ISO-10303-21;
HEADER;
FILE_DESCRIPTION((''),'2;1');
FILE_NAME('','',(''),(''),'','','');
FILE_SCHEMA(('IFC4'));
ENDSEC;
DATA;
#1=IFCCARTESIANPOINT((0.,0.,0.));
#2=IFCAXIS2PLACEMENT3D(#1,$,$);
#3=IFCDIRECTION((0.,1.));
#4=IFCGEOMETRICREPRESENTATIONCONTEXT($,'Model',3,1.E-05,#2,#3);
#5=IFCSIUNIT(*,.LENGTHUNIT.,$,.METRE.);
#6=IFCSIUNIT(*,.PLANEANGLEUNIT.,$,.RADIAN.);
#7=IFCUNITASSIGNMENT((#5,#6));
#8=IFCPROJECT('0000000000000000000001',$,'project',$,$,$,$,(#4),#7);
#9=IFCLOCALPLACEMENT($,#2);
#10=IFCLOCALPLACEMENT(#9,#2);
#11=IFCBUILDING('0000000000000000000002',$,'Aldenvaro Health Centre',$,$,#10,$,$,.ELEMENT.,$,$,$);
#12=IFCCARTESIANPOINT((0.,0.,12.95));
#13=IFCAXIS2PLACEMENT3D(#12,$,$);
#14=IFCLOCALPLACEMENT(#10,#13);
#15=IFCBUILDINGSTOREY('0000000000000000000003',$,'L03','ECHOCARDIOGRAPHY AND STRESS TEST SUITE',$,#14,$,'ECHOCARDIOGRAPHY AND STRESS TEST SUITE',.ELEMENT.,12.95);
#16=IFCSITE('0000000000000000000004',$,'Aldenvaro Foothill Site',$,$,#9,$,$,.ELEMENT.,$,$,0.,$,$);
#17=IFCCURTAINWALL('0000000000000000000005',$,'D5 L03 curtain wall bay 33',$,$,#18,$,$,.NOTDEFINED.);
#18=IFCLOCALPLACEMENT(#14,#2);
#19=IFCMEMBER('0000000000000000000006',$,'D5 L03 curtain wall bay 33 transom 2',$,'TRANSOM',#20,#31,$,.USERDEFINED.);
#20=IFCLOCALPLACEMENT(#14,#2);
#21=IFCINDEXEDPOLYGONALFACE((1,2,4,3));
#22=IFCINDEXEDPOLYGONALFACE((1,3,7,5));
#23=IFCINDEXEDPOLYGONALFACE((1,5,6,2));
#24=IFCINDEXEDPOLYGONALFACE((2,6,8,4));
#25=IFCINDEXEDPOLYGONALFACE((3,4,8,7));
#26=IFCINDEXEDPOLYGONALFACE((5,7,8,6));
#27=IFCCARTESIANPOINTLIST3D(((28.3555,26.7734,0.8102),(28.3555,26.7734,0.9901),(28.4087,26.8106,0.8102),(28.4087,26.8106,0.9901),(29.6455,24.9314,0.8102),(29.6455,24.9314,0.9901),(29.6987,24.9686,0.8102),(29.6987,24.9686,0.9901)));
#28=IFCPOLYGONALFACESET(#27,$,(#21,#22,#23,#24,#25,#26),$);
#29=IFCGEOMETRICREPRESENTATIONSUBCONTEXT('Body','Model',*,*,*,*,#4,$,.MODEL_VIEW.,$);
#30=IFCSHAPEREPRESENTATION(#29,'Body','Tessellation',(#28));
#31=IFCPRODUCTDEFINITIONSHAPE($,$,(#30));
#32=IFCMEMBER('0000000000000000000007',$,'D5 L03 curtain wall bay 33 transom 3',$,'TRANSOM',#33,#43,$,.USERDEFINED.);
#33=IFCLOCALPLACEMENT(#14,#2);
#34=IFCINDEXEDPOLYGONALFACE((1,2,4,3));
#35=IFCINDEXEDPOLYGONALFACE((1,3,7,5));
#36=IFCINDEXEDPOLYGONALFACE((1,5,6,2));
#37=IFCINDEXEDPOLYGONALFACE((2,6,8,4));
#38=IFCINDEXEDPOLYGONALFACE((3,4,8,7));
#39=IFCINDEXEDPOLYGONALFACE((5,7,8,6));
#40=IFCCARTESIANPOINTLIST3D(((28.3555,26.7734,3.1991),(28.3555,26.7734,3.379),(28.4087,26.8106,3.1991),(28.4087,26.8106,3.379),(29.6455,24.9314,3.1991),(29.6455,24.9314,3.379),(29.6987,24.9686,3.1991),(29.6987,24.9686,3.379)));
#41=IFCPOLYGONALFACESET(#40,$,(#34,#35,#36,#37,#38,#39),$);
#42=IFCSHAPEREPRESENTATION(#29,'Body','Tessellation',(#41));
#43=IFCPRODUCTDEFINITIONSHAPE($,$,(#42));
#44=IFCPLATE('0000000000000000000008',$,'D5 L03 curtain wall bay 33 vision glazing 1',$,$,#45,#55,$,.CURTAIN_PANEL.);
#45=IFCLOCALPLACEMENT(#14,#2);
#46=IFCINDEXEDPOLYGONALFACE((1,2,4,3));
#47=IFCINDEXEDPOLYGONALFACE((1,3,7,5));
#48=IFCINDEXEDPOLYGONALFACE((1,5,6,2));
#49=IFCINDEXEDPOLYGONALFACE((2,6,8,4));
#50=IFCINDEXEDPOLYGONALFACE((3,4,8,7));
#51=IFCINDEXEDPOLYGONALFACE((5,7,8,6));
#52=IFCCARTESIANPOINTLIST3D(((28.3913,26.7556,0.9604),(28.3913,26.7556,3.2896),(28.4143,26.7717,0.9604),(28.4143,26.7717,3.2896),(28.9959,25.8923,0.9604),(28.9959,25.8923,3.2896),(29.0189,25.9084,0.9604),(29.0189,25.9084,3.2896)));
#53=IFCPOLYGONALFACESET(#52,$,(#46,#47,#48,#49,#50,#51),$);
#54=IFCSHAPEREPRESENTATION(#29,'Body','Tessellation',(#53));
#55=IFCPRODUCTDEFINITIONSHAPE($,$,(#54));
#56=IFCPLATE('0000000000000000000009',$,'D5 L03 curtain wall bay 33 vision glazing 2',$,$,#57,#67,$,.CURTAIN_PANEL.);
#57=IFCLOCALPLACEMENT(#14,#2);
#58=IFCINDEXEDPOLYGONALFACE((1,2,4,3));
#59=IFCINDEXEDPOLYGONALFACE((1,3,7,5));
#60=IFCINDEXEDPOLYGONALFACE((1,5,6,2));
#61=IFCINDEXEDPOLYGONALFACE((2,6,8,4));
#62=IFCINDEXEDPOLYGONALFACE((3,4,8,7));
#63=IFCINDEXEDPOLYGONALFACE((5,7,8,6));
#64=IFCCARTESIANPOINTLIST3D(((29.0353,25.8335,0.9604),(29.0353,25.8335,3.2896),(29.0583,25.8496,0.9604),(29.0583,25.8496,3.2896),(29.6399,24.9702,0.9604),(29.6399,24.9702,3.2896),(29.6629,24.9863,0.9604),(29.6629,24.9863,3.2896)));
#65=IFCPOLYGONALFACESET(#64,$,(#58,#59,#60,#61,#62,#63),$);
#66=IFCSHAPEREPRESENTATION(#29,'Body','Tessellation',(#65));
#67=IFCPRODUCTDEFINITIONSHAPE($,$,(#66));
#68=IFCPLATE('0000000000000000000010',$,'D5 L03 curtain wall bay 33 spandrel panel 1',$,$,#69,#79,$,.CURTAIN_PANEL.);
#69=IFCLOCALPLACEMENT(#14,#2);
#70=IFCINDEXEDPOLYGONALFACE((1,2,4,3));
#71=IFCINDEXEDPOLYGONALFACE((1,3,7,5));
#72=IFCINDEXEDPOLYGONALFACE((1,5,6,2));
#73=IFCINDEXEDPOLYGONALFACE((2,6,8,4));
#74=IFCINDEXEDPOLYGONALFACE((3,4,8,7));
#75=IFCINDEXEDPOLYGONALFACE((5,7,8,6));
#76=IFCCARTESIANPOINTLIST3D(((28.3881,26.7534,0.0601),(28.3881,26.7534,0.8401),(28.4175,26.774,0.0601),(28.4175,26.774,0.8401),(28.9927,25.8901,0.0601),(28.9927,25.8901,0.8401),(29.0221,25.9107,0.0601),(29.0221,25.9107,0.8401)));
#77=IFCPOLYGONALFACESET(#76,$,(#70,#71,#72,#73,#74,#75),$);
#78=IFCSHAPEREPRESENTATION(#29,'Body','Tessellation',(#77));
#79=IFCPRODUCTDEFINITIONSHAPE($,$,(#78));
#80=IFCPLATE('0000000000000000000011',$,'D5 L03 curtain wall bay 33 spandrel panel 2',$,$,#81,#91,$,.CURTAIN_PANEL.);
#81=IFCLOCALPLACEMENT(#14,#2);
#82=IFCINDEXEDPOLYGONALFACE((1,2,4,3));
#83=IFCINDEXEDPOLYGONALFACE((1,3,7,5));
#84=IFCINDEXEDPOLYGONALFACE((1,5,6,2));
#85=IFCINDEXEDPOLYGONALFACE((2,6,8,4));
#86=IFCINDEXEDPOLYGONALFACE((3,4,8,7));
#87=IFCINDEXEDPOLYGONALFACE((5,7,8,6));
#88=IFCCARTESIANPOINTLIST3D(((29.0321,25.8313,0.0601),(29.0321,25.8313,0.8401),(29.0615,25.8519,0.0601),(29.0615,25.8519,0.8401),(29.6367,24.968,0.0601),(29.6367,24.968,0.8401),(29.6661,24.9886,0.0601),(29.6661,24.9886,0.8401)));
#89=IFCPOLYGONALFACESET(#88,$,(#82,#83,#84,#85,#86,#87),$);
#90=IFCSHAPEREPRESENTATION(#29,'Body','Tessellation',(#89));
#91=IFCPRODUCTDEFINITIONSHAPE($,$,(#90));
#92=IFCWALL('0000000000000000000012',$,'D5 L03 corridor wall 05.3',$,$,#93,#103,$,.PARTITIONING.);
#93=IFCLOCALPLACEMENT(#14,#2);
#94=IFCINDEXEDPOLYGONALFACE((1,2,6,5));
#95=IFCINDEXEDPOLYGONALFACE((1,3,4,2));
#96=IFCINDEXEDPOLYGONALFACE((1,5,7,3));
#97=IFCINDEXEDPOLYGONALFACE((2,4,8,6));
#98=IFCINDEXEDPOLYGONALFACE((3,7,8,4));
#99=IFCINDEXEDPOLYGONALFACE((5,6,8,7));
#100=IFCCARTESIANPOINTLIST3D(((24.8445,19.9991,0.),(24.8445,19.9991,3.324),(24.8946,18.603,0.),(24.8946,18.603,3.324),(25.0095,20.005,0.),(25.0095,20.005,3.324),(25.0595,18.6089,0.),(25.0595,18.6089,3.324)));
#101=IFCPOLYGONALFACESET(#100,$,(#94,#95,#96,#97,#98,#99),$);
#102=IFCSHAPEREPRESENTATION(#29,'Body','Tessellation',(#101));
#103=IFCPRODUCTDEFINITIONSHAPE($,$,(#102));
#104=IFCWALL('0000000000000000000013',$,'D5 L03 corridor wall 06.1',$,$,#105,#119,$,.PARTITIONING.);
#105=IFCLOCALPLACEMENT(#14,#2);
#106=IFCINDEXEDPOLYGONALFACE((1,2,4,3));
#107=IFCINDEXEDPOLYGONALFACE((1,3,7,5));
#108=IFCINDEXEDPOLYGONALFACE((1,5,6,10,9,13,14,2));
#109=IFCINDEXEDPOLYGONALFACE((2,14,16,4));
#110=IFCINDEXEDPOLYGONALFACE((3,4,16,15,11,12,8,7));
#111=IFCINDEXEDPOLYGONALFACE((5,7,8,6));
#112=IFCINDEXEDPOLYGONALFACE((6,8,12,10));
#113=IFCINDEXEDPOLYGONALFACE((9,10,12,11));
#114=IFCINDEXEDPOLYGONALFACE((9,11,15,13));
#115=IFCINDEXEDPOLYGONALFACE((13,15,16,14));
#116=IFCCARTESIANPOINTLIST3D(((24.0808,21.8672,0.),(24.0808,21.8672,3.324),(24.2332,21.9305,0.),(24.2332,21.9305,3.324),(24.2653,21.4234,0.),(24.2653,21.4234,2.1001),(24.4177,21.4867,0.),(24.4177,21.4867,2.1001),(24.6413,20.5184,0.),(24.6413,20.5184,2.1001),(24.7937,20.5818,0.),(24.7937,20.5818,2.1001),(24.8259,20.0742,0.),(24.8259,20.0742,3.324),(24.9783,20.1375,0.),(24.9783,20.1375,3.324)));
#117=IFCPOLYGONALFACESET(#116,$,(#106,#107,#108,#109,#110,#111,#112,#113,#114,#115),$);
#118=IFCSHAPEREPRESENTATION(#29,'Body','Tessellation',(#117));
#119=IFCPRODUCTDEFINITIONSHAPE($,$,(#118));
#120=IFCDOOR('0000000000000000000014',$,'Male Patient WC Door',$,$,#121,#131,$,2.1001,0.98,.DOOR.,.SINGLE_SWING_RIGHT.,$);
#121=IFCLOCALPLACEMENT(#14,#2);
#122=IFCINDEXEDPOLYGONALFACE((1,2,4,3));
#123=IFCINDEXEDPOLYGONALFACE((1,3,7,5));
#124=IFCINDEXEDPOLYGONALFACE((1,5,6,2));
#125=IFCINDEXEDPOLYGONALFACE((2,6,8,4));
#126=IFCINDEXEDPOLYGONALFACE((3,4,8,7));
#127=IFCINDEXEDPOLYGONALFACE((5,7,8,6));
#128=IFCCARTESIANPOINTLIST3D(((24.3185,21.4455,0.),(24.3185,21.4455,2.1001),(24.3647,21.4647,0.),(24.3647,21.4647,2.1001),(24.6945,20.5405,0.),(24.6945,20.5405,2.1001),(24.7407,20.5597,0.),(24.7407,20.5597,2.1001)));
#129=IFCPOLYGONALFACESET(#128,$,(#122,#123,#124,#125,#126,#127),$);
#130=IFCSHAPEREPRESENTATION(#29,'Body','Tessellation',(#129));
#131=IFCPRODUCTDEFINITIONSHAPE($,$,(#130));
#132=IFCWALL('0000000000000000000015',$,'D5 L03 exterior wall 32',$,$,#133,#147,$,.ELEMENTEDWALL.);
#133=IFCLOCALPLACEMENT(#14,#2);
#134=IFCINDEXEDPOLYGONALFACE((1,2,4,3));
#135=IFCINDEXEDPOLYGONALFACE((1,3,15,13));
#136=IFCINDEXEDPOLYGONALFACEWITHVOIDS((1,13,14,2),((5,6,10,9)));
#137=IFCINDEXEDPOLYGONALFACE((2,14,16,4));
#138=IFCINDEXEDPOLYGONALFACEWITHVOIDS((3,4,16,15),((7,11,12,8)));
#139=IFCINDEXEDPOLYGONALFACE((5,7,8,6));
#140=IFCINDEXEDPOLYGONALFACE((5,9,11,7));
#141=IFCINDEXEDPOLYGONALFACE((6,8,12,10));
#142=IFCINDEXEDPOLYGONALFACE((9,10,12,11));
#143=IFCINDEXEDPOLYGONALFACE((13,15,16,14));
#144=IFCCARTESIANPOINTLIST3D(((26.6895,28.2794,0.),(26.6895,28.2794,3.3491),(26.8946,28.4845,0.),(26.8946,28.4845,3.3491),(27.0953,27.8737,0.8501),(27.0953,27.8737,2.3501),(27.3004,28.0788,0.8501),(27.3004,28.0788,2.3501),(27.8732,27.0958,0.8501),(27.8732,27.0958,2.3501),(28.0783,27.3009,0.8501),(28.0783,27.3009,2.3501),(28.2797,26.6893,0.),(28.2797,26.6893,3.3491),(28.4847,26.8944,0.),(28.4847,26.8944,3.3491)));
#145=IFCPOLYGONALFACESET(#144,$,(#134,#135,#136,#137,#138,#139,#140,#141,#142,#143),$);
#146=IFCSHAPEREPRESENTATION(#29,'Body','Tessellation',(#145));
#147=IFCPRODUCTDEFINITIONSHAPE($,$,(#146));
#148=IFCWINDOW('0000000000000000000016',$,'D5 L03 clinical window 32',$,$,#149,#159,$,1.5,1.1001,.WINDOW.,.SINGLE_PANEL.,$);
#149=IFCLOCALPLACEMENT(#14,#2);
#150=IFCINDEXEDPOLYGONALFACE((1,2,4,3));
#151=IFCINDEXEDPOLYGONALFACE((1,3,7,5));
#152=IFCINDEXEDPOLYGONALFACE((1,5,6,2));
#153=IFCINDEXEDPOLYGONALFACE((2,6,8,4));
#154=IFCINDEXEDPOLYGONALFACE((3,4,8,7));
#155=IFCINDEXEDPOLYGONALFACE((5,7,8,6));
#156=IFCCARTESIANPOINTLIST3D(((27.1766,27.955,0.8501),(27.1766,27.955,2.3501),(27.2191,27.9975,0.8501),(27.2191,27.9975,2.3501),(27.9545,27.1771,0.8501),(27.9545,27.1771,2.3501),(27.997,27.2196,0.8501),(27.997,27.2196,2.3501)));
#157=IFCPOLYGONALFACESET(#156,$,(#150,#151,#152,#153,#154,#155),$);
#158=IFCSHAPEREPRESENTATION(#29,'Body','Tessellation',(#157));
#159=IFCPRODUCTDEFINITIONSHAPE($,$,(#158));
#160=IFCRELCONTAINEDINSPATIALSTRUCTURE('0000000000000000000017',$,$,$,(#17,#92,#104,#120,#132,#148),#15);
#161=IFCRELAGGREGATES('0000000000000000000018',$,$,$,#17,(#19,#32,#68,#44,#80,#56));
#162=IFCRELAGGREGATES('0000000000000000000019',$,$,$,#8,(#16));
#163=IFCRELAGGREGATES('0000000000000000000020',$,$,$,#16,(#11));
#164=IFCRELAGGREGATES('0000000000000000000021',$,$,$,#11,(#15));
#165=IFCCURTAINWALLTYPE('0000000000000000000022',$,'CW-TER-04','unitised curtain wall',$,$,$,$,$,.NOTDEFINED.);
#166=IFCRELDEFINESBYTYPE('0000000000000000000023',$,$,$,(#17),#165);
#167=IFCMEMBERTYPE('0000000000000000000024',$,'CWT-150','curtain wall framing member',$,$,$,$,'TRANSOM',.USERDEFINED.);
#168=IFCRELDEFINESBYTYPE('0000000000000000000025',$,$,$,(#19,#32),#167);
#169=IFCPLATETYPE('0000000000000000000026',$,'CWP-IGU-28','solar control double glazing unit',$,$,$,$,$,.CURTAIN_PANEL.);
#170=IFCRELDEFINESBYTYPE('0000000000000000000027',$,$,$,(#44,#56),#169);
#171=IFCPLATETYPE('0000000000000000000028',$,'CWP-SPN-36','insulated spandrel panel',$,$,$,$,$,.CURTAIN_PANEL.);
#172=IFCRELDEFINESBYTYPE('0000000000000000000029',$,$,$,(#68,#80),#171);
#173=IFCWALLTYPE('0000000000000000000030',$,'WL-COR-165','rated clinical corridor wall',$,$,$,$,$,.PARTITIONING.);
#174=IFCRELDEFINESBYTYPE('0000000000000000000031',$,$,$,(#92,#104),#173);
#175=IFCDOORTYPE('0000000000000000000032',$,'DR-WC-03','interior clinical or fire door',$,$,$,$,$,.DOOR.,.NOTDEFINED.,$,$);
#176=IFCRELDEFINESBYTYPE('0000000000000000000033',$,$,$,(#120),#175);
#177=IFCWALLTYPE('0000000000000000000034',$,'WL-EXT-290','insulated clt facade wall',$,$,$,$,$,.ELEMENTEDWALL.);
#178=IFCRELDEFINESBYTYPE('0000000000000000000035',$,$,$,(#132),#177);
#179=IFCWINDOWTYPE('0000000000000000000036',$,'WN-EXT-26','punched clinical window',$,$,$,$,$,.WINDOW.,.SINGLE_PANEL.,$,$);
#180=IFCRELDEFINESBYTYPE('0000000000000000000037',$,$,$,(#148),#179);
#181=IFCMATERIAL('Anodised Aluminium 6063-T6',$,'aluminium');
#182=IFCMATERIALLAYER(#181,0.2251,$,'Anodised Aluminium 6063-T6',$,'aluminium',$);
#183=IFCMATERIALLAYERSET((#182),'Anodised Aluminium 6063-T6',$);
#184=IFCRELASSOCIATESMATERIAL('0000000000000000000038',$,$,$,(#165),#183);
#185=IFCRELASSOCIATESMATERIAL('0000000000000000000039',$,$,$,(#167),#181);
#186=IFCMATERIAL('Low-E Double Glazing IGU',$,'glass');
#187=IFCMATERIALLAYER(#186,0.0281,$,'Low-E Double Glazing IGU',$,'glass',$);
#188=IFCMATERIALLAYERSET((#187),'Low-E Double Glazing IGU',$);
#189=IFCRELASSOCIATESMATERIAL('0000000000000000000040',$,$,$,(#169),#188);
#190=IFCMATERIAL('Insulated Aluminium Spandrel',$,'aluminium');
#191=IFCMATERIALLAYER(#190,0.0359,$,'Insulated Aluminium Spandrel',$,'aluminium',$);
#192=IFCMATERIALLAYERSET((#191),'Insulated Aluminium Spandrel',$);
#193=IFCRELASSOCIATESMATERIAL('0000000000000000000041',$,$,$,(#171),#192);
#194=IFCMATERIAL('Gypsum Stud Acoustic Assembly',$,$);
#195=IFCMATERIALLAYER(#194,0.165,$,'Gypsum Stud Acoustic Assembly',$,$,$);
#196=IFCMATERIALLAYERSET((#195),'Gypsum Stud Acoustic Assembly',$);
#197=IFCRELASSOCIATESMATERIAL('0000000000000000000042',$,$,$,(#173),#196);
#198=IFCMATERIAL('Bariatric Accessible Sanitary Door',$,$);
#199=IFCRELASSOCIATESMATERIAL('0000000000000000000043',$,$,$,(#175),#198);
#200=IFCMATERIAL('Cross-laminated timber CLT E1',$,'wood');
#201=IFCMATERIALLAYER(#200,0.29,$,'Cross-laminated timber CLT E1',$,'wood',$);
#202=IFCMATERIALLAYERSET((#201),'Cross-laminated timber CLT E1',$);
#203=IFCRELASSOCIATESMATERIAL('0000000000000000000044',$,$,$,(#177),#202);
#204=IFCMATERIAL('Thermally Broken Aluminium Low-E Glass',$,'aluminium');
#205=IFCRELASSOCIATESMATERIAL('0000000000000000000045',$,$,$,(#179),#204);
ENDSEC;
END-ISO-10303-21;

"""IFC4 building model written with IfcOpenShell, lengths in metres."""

from ifc_helpers import new_model, si_unit, direction, frame, frame_2d, origin, origin_2d, place, context, subcontext, project, spatial, rectangle, extrude, material, layer, layer_set, material_profile, profile_set, type_object, element, fill, aggregate, save


model = new_model("IFC4")

# Units and contexts
model_context = context("Model", 3, precision=1e-05, world=origin(), true_north=direction((0.0, 1.0)))
body_context = subcontext(model_context, "Body", "Model", "MODEL_VIEW")
ifc_project = project(units=[si_unit("LENGTHUNIT", "METRE"), si_unit("PLANEANGLEUNIT", "RADIAN")], contexts=[model_context])

# Site, building, storey
site_placement = place(None, origin())
site = spatial("IfcSite", under=ifc_project, at=site_placement, Name="Aldenvaro Foothill Site", CompositionType="ELEMENT", RefElevation=0.0)
building_placement = place(site_placement, origin())
building = spatial("IfcBuilding", under=site, at=building_placement, Name="Aldenvaro Health Centre", CompositionType="ELEMENT")
storey_placement = place(building_placement, frame((0.0, 0.0, 12.95)))
storey = spatial("IfcBuildingStorey", under=building, at=storey_placement, Name="L03", Description="ECHOCARDIOGRAPHY AND STRESS TEST SUITE", LongName="ECHOCARDIOGRAPHY AND STRESS TEST SUITE", CompositionType="ELEMENT", Elevation=12.95)

# Curtain wall, members, plates
ifc_material_1 = material(Name="Anodised Aluminium 6063-T6", Category="aluminium")
ifc_layer_1 = layer(ifc_material_1, 0.2251, Name="Anodised Aluminium 6063-T6", Category="aluminium")
ifc_layer_set_1 = layer_set([ifc_layer_1], Name="Anodised Aluminium 6063-T6")
curtain_wall_type = type_object("IfcCurtainWallType", Name="CW-TER-04", Description="unitised curtain wall", PredefinedType="NOTDEFINED", material=ifc_layer_set_1)
curtain_wall_placement = place(storey_placement, origin())
curtain_wall = element("IfcCurtainWall", 1, at=curtain_wall_placement, inside=storey, type_object=curtain_wall_type, Name="D5 L03 curtain wall bay 33", PredefinedType="NOTDEFINED")
ifc_material_profile_1 = material_profile(ifc_material_1, rectangle(XDim=0.0649, YDim=0.1799, at=origin_2d()), Name="ALU 65x180", Category="aluminium")
ifc_profile_set_1 = profile_set([ifc_material_profile_1], Name="Anodised Aluminium 6063-T6")
member_type_1 = type_object("IfcMemberType", Name="CWT-150", Description="curtain wall framing member", ElementType="TRANSOM", PredefinedType="USERDEFINED", material=ifc_profile_set_1)
member_1_placement = place(storey_placement, frame((28.3821, 26.792, 0.9001), z_axis=(0.573644, -0.819104, 0.0), x_axis=(0.819104, 0.573644, 0.0)))
member_1 = element("IfcMember", 2, at=member_1_placement, type_object=member_type_1, Name="D5 L03 curtain wall bay 33 transom 2", ObjectType="TRANSOM", PredefinedType="USERDEFINED", context=body_context, shape_type="SweptSolid", body=[
    extrude(rectangle(XDim=0.0649, YDim=0.1799, at=origin_2d()), origin(), (0.0, 0.0, 1.0), 2.2488),
])
member_2_placement = place(storey_placement, frame((28.3821, 26.792, 3.2891), z_axis=(0.573644, -0.819104, 0.0), x_axis=(0.819104, 0.573644, 0.0)))
member_2 = element("IfcMember", 3, at=member_2_placement, type_object=member_type_1, Name="D5 L03 curtain wall bay 33 transom 3", ObjectType="TRANSOM", PredefinedType="USERDEFINED", context=body_context, shape_type="SweptSolid", body=[
    extrude(rectangle(XDim=0.0649, YDim=0.1799, at=origin_2d()), origin(), (0.0, 0.0, 1.0), 2.2488),
])
ifc_material_2 = material(Name="Low-E Double Glazing IGU", Category="glass")
ifc_layer_2 = layer(ifc_material_2, 0.0281, Name="Low-E Double Glazing IGU", Category="glass")
ifc_layer_set_2 = layer_set([ifc_layer_2], Name="Low-E Double Glazing IGU")
plate_type_1 = type_object("IfcPlateType", Name="CWP-IGU-28", Description="solar control double glazing unit", PredefinedType="CURTAIN_PANEL", material=ifc_layer_set_2)
plate_1_placement = place(storey_placement, frame((28.7051, 26.332, 0.9604), z_axis=(0.0, 0.0, 1.0), x_axis=(0.573641, -0.819107, 0.0)))
plate_1 = element("IfcPlate", 4, at=plate_1_placement, type_object=plate_type_1, Name="D5 L03 curtain wall bay 33 vision glazing 1", PredefinedType="CURTAIN_PANEL", context=body_context, shape_type="SweptSolid", body=[
    extrude(rectangle(XDim=1.054, YDim=0.0281, at=origin_2d()), origin(), (0.0, 0.0, 1.0), 2.3291),
])
plate_2_placement = place(storey_placement, frame((29.3491, 25.4099, 0.9604), z_axis=(0.0, 0.0, 1.0), x_axis=(0.573641, -0.819107, 0.0)))
plate_2 = element("IfcPlate", 5, at=plate_2_placement, type_object=plate_type_1, Name="D5 L03 curtain wall bay 33 vision glazing 2", PredefinedType="CURTAIN_PANEL", context=body_context, shape_type="SweptSolid", body=[
    extrude(rectangle(XDim=1.054, YDim=0.0281, at=origin_2d()), origin(), (0.0, 0.0, 1.0), 2.3291),
])
ifc_material_3 = material(Name="Insulated Aluminium Spandrel", Category="aluminium")
ifc_layer_3 = layer(ifc_material_3, 0.0359, Name="Insulated Aluminium Spandrel", Category="aluminium")
ifc_layer_set_3 = layer_set([ifc_layer_3], Name="Insulated Aluminium Spandrel")
plate_type_2 = type_object("IfcPlateType", Name="CWP-SPN-36", Description="insulated spandrel panel", PredefinedType="CURTAIN_PANEL", material=ifc_layer_set_3)
plate_3_placement = place(storey_placement, frame((28.7051, 26.332, 0.0601), z_axis=(0.0, 0.0, 1.0), x_axis=(0.573641, -0.819107, 0.0)))
plate_3 = element("IfcPlate", 6, at=plate_3_placement, type_object=plate_type_2, Name="D5 L03 curtain wall bay 33 spandrel panel 1", PredefinedType="CURTAIN_PANEL", context=body_context, shape_type="SweptSolid", body=[
    extrude(rectangle(XDim=1.054, YDim=0.0359, at=origin_2d()), origin(), (0.0, 0.0, 1.0), 0.78),
])
plate_4_placement = place(storey_placement, frame((29.3491, 25.4099, 0.0601), z_axis=(0.0, 0.0, 1.0), x_axis=(0.573641, -0.819107, 0.0)))
plate_4 = element("IfcPlate", 7, at=plate_4_placement, type_object=plate_type_2, Name="D5 L03 curtain wall bay 33 spandrel panel 2", PredefinedType="CURTAIN_PANEL", context=body_context, shape_type="SweptSolid", body=[
    extrude(rectangle(XDim=1.054, YDim=0.0359, at=origin_2d()), origin(), (0.0, 0.0, 1.0), 0.78),
])
aggregate(curtain_wall, [member_1, member_2, plate_3, plate_1, plate_4, plate_2])

# Wall
ifc_material_4 = material(Name="Gypsum Stud Acoustic Assembly")
ifc_layer_4 = layer(ifc_material_4, 0.165, Name="Gypsum Stud Acoustic Assembly")
ifc_layer_set_4 = layer_set([ifc_layer_4], Name="Gypsum Stud Acoustic Assembly")
wall_type_1 = type_object("IfcWallType", Name="WL-COR-165", Description="rated clinical corridor wall", PredefinedType="PARTITIONING", material=ifc_layer_set_4)
wall_1_placement = place(storey_placement, frame((24.9771, 18.606, 0.0), z_axis=(0.0, 0.0, 1.0), x_axis=(-0.035829, 0.999358, 0.0)))
element("IfcWall", 8, at=wall_1_placement, inside=storey, type_object=wall_type_1, Name="D5 L03 corridor wall 05.3", PredefinedType="PARTITIONING", context=body_context, shape_type="SweptSolid", body=[
    extrude(rectangle(XDim=1.397, YDim=0.165, at=frame_2d((0.6985, 0.0))), origin(), (0.0, 0.0, 1.0), 3.324),
])

# Wall, opening, door
wall_2_placement = place(storey_placement, frame((24.9021, 20.106, 0.0), z_axis=(0.0, 0.0, 1.0), x_axis=(-0.383758, 0.923434, 0.0)))
wall_2 = element("IfcWall", 9, at=wall_2_placement, inside=storey, type_object=wall_type_1, Name="D5 L03 corridor wall 06.1", PredefinedType="PARTITIONING", context=body_context, shape_type="SweptSolid", body=[
    extrude(rectangle(XDim=1.9417, YDim=0.165, at=frame_2d((0.9707, 0.0))), origin(), (0.0, 0.0, 1.0), 3.324),
])
opening_1_placement = place(wall_2_placement, frame((0.481, 0.0, 0.0)))
opening_1 = element("IfcOpeningElement", 10, at=opening_1_placement, cuts=wall_2, PredefinedType="OPENING", context=body_context, shape_type="SweptSolid", body=[
    extrude(rectangle(XDim=0.98, YDim=2.1001, at=frame_2d((0.49, 1.05))), frame((0.0, 0.0925, 0.0), z_axis=(0.0, -1.0, 0.0), x_axis=(1.0, 0.0, 0.0)), (0.0, 0.0, 1.0), 0.1851),
])
ifc_material_5 = material(Name="Bariatric Accessible Sanitary Door")
door_type = type_object("IfcDoorType", Name="DR-WC-03", Description="interior clinical or fire door", OperationType="NOTDEFINED", PredefinedType="DOOR", material=ifc_material_5)
door_placement = place(opening_1_placement, origin())
door = element("IfcDoor", 11, at=door_placement, inside=storey, type_object=door_type, Name="Male Patient WC Door", OperationType="SINGLE_SWING_RIGHT", OverallHeight=2.1001, OverallWidth=0.98, PredefinedType="DOOR", context=body_context, shape_type="SweptSolid", body=[
    extrude(rectangle(XDim=0.98, YDim=2.1001, at=frame_2d((0.49, 1.05))), frame((0.0, 0.0249, 0.0), z_axis=(0.0, -1.0, 0.0), x_axis=(1.0, 0.0, 0.0)), (0.0, 0.0, 1.0), 0.05),
])
fill(opening_1, door)

# Wall, opening, window
ifc_material_6 = material(Name="Cross-laminated timber CLT E1", Category="wood")
ifc_layer_5 = layer(ifc_material_6, 0.29, Name="Cross-laminated timber CLT E1", Category="wood")
ifc_layer_set_5 = layer_set([ifc_layer_5], Name="Cross-laminated timber CLT E1")
wall_type_2 = type_object("IfcWallType", Name="WL-EXT-290", Description="insulated clt facade wall", PredefinedType="ELEMENTEDWALL", material=ifc_layer_set_5)
wall_3_placement = place(storey_placement, frame((26.792, 28.3821, 0.0), z_axis=(0.0, 0.0, 1.0), x_axis=(0.707107, -0.707107, 0.0)))
wall_3 = element("IfcWall", 12, at=wall_3_placement, inside=storey, type_object=wall_type_2, Name="D5 L03 exterior wall 32", PredefinedType="ELEMENTEDWALL", context=body_context, shape_type="SweptSolid", body=[
    extrude(rectangle(XDim=2.2488, YDim=0.29, at=frame_2d((1.1245, 0.0))), origin(), (0.0, 0.0, 1.0), 3.3491),
])
opening_2_placement = place(wall_3_placement, frame((0.574, 0.0, 0.8501)))
opening_2 = element("IfcOpeningElement", 13, at=opening_2_placement, cuts=wall_3, PredefinedType="OPENING", context=body_context, shape_type="SweptSolid", body=[
    extrude(rectangle(XDim=1.1001, YDim=1.5, at=frame_2d((0.55, 0.75))), frame((0.0, 0.155, 0.0), z_axis=(0.0, -1.0, 0.0), x_axis=(1.0, 0.0, 0.0)), (0.0, 0.0, 1.0), 0.3101),
])
ifc_material_7 = material(Name="Thermally Broken Aluminium Low-E Glass", Category="aluminium")
window_type_1 = type_object("IfcWindowType", Name="WN-EXT-26", Description="punched clinical window", PartitioningType="SINGLE_PANEL", PredefinedType="WINDOW", material=ifc_material_7)
window_1_placement = place(opening_2_placement, origin())
window_1 = element("IfcWindow", 14, at=window_1_placement, inside=storey, type_object=window_type_1, Name="D5 L03 clinical window 32", OverallHeight=1.5, OverallWidth=1.1001, PartitioningType="SINGLE_PANEL", PredefinedType="WINDOW", context=body_context, shape_type="SweptSolid", body=[
    extrude(rectangle(XDim=1.1001, YDim=1.5, at=frame_2d((0.55, 0.75))), frame((0.0, 0.03, 0.0), z_axis=(0.0, -1.0, 0.0), x_axis=(1.0, 0.0, 0.0)), (0.0, 0.0, 1.0), 0.0601),
])
fill(opening_2, window_1)

save(model, "model.ifc")
